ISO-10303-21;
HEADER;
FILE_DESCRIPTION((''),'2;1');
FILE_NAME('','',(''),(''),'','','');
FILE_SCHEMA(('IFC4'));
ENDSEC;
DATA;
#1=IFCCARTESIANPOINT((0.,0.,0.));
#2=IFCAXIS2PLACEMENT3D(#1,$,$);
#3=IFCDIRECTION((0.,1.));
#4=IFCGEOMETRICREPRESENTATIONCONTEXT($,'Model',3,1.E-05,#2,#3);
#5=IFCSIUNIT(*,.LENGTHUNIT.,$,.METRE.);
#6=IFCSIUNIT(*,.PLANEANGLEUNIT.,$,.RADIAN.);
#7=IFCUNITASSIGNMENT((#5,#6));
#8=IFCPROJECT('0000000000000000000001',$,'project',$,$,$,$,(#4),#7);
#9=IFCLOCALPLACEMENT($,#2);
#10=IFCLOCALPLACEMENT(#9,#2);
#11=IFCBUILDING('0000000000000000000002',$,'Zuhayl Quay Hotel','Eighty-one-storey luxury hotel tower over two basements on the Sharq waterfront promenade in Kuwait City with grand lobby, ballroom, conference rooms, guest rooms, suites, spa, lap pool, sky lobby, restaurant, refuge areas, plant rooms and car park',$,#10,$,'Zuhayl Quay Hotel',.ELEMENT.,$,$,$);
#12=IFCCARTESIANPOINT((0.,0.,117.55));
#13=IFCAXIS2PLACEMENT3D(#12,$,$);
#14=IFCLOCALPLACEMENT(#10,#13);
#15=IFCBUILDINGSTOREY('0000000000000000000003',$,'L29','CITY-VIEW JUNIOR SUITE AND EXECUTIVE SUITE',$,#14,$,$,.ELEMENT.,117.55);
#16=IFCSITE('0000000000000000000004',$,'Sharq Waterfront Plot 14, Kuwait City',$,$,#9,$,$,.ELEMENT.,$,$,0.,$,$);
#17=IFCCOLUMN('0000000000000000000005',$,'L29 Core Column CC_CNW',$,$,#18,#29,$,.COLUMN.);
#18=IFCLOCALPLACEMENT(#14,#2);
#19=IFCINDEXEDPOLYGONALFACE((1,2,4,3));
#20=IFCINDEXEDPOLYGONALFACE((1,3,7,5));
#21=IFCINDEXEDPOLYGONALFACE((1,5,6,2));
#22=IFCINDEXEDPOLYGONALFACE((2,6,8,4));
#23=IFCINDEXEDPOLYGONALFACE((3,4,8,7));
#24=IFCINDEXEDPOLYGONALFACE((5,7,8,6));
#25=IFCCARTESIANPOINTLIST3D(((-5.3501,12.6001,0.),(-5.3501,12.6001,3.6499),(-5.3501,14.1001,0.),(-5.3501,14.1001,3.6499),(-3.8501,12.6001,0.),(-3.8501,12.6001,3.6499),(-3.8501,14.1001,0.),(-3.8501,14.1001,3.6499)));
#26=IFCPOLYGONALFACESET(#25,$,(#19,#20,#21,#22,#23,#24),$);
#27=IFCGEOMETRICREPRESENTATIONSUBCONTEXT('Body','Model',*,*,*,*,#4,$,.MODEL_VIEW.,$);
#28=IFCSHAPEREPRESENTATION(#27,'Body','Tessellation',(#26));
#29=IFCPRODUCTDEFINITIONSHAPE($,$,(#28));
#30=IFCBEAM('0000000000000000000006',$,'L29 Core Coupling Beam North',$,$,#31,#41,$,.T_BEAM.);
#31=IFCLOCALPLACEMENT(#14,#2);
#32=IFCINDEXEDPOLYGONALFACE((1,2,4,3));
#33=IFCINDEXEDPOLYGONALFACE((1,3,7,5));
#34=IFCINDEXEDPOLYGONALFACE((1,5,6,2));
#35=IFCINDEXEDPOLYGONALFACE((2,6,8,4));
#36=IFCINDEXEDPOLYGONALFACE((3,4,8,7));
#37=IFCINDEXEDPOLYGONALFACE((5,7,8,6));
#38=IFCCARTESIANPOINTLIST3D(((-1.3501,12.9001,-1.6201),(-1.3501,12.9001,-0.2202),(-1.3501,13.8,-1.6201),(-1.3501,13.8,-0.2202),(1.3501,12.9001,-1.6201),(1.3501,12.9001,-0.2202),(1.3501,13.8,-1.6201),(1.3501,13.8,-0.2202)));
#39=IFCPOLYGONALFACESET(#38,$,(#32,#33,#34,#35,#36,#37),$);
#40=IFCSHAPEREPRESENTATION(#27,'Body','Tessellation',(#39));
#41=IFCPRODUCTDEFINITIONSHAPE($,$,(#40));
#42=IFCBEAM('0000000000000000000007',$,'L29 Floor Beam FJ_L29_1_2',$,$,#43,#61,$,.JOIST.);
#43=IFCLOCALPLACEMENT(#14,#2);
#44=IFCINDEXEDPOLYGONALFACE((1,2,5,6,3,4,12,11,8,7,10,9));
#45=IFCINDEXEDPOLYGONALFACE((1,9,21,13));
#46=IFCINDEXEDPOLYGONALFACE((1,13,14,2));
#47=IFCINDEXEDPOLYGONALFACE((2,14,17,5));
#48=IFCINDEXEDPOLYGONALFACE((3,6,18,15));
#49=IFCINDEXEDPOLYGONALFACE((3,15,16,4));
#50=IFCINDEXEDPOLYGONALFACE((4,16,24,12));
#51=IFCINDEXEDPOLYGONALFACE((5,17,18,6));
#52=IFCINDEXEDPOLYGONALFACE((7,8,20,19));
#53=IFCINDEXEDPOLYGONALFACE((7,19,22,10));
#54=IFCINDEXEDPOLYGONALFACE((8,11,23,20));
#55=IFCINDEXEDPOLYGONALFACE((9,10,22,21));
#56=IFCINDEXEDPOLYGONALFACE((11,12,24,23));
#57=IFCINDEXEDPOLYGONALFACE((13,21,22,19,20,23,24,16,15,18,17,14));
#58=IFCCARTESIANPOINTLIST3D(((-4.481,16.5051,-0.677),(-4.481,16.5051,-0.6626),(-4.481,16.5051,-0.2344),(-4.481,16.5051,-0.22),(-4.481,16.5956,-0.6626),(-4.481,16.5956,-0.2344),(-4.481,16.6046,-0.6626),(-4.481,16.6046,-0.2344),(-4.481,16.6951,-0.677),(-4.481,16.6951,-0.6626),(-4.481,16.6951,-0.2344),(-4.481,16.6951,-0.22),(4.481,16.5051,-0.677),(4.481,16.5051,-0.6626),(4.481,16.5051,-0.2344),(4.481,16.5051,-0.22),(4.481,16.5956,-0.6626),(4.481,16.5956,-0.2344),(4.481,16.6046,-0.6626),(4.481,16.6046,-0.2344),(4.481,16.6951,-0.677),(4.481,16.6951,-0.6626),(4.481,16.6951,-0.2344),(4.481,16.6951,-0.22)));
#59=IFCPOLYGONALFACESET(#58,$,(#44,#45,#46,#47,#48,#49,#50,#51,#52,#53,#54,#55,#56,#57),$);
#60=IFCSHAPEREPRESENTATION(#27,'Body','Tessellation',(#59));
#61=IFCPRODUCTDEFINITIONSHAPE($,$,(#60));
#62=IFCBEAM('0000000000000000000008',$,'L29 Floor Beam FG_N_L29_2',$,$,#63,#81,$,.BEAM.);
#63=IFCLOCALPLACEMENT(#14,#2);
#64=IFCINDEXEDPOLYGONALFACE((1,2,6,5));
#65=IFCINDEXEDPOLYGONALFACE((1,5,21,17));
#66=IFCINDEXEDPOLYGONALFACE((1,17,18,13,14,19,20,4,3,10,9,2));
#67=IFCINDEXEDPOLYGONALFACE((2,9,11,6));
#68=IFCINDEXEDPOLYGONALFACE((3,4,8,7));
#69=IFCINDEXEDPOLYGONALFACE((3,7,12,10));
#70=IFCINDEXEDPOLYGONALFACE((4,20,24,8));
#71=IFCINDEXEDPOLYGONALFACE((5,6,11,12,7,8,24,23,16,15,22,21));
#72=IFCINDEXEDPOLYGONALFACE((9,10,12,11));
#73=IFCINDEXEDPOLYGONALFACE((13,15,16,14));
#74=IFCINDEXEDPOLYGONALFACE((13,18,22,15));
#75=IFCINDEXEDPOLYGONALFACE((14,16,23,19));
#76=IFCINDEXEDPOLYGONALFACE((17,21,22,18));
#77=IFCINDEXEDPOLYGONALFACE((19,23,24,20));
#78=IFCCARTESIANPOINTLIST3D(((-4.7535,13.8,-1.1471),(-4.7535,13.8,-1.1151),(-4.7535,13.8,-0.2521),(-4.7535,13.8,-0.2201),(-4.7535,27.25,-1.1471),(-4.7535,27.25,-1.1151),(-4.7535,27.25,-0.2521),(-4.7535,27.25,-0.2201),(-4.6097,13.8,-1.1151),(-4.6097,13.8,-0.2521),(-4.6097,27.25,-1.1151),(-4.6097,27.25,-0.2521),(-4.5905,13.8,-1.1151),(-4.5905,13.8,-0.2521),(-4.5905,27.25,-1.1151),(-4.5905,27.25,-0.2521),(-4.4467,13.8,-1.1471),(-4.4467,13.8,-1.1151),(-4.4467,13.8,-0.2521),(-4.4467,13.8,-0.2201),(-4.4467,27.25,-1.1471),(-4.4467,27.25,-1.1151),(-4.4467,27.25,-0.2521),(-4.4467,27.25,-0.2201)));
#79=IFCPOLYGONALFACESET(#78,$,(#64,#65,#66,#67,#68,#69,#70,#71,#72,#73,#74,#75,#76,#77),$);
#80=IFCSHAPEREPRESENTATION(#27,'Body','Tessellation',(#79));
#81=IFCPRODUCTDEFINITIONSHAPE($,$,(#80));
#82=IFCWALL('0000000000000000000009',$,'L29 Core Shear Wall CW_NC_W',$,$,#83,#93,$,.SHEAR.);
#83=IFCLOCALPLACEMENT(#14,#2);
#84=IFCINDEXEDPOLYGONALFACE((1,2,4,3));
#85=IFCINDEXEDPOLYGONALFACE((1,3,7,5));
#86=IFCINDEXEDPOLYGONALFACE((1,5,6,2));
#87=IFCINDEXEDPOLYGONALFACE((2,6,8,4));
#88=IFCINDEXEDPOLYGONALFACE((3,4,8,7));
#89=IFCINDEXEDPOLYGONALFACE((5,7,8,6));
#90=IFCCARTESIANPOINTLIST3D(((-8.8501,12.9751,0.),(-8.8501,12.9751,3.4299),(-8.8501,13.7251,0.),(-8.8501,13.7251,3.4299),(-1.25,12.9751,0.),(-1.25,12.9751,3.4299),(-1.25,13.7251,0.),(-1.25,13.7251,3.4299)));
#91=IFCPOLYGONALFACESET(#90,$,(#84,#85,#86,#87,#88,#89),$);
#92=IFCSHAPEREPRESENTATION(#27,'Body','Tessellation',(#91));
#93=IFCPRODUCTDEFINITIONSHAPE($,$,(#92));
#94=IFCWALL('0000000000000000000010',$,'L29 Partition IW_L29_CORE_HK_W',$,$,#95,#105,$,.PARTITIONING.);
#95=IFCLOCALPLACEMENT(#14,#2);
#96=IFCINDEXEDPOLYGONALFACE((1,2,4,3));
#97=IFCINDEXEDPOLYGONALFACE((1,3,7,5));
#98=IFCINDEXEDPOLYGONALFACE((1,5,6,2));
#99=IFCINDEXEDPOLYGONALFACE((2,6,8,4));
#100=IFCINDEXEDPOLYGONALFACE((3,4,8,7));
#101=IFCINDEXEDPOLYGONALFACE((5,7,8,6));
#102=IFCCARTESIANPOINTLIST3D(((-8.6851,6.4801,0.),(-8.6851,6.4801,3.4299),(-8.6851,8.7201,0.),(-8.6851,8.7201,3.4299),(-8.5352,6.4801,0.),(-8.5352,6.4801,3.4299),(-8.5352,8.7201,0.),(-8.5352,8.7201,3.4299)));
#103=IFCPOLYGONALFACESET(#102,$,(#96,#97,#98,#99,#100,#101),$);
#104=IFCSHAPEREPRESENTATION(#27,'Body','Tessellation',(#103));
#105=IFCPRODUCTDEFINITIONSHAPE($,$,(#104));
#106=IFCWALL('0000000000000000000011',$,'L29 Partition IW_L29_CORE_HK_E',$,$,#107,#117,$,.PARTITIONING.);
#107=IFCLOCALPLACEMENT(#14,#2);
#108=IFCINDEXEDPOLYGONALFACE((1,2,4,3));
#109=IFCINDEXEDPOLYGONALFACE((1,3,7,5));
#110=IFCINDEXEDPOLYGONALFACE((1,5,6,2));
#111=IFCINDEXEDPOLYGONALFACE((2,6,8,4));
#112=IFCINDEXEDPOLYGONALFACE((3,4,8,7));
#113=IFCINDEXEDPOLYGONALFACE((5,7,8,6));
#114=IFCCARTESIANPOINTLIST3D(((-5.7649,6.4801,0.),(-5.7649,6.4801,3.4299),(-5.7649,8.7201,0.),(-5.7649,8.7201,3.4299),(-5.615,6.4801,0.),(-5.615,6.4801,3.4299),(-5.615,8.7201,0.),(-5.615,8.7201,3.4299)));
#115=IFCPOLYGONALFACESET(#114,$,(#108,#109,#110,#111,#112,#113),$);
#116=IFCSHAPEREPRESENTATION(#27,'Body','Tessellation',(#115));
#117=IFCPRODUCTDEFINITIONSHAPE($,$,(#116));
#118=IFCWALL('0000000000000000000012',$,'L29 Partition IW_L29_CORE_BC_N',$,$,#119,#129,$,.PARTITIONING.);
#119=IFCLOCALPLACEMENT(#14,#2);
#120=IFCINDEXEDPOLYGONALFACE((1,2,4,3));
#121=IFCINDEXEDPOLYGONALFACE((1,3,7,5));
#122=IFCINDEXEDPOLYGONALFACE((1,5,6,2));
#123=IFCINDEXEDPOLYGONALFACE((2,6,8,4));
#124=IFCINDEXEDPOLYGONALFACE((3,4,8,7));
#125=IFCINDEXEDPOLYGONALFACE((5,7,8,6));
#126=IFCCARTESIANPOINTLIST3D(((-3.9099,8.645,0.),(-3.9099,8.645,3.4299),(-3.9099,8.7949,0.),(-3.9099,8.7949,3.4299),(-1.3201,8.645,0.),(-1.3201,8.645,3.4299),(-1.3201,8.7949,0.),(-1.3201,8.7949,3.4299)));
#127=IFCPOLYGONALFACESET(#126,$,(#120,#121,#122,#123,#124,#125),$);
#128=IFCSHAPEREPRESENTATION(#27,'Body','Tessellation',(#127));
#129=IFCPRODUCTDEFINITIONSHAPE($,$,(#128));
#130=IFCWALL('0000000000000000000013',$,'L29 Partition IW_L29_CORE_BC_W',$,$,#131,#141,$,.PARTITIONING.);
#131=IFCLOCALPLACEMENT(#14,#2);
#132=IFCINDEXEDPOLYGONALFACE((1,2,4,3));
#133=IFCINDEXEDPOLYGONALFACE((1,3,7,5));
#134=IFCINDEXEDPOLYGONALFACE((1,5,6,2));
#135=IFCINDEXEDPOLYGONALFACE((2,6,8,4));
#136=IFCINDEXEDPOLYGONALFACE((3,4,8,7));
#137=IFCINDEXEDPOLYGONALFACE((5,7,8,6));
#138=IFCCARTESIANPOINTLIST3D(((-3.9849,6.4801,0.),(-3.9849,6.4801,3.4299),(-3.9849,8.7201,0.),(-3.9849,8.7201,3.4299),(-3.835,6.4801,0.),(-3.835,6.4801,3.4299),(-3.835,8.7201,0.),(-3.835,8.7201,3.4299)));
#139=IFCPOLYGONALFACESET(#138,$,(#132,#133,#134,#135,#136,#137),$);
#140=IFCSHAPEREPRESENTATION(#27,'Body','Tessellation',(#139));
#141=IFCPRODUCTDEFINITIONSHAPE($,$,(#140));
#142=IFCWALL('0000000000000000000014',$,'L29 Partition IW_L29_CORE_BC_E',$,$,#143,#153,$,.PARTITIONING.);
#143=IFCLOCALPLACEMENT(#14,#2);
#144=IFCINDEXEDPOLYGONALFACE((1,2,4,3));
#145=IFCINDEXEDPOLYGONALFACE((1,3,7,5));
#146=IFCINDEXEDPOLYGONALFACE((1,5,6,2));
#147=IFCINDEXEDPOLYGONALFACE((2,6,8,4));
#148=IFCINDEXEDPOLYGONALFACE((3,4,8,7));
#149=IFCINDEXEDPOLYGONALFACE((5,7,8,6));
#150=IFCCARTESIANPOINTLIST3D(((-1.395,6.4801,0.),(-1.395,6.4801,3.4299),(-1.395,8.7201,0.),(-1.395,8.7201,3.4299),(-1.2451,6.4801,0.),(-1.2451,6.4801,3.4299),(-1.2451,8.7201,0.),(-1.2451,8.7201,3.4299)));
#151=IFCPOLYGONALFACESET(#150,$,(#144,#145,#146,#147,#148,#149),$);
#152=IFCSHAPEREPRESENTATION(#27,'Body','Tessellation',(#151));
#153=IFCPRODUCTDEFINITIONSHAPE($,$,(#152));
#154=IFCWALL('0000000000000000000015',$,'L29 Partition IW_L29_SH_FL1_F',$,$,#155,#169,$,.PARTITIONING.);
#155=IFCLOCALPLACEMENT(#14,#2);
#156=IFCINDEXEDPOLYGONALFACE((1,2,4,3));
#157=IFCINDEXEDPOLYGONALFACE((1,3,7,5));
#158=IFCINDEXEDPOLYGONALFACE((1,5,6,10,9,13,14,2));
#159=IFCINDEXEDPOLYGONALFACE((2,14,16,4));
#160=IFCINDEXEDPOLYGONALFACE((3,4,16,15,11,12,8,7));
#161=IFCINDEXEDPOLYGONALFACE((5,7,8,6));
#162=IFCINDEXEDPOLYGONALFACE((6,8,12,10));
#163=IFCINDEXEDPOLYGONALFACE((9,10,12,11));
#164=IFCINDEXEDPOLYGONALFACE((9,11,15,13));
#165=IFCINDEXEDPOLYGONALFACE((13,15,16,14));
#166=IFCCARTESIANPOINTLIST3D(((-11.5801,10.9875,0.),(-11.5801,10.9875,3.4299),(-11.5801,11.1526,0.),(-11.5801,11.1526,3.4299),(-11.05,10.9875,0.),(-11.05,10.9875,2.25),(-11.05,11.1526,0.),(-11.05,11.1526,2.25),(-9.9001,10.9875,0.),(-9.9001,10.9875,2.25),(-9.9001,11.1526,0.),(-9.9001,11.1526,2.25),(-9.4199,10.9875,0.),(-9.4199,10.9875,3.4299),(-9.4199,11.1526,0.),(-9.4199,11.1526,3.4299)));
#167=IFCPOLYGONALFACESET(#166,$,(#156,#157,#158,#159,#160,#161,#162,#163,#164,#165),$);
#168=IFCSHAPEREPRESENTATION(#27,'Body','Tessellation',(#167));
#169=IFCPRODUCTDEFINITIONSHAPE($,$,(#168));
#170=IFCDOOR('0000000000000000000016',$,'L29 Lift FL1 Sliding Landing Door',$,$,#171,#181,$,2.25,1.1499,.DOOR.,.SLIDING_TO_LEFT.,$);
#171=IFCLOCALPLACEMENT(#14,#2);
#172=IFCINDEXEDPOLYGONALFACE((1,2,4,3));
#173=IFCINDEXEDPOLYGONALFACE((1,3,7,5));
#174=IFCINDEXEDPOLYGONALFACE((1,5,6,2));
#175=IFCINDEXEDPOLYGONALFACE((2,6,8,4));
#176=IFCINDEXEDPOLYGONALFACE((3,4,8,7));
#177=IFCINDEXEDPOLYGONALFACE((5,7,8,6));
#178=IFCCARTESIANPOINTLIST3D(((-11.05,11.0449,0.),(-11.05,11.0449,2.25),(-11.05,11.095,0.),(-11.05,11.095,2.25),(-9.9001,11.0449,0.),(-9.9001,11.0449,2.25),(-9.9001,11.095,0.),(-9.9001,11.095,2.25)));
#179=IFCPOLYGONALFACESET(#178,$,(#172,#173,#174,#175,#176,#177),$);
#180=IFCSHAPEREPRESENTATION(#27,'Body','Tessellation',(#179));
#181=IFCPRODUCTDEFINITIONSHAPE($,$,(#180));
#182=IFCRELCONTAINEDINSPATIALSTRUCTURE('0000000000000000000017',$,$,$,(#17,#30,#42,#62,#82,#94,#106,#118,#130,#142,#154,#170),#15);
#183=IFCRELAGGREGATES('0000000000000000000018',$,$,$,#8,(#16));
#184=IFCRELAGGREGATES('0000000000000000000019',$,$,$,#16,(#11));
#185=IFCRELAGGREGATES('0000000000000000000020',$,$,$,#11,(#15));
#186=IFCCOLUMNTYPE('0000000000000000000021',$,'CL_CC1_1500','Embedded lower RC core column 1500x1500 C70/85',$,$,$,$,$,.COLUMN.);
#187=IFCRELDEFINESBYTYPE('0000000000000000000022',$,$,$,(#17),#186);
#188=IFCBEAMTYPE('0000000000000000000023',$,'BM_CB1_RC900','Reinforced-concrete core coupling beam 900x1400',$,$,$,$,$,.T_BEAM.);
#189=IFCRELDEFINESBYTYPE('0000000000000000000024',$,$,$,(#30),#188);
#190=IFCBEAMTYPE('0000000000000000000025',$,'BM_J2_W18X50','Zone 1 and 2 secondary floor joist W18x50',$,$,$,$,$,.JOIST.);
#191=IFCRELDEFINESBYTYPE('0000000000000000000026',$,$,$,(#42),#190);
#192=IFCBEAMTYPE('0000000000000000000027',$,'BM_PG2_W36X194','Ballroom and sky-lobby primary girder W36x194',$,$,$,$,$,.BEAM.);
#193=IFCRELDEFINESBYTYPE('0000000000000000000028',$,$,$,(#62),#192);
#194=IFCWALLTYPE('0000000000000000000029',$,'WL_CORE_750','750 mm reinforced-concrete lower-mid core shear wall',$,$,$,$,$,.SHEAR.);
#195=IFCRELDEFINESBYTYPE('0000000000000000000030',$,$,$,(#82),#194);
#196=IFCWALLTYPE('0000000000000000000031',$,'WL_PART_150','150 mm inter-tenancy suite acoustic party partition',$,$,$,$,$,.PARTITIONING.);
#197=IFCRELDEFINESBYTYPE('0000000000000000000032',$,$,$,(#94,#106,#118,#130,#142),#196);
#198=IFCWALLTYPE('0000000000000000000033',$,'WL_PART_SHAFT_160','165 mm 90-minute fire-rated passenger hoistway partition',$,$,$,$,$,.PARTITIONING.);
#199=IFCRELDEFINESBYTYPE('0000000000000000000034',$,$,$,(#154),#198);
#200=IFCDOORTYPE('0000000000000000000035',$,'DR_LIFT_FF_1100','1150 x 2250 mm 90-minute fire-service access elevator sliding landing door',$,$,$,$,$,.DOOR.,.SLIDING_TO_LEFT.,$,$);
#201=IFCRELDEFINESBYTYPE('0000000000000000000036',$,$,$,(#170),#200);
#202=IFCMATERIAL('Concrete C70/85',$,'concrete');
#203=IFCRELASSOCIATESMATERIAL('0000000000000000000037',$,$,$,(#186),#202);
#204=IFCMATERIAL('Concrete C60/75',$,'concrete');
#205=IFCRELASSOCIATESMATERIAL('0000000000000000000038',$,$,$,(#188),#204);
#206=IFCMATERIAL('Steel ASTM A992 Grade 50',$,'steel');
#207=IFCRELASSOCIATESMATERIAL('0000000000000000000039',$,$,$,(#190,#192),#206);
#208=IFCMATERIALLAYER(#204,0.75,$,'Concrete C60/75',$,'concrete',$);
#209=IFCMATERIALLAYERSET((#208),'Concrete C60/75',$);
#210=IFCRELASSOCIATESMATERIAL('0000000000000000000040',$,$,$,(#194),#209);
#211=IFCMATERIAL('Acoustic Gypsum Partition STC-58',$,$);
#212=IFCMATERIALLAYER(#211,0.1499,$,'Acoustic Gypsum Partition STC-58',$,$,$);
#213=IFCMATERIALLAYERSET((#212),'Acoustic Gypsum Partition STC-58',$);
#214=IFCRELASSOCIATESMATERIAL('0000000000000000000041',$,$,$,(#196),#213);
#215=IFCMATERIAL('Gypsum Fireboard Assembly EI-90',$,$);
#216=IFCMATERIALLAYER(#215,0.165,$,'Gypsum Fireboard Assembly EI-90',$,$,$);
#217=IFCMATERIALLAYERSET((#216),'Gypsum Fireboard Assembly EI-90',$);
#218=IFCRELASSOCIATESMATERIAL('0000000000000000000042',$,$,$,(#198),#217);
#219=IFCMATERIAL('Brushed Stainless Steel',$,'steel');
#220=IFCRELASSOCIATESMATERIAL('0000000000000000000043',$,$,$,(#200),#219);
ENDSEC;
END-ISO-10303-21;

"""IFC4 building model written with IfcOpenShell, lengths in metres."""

from ifc_helpers import new_model, si_unit, direction, frame, frame_2d, origin, origin_2d, place, context, subcontext, project, spatial, rectangle, i_section, extrude, material, layer, layer_set, material_profile, profile_set, type_object, element, fill, save


model = new_model("IFC4")

# Units and contexts
model_context = context("Model", 3, precision=1e-05, world=origin(), true_north=direction((0.0, 1.0)))
body_context = subcontext(model_context, "Body", "Model", "MODEL_VIEW")
ifc_project = project(units=[si_unit("LENGTHUNIT", "METRE"), si_unit("PLANEANGLEUNIT", "RADIAN")], contexts=[model_context])

# Site, building, storey
site_placement = place(None, origin())
site = spatial("IfcSite", under=ifc_project, at=site_placement, Name="Sharq Waterfront Plot 14, Kuwait City", CompositionType="ELEMENT", RefElevation=0.0)
building_placement = place(site_placement, origin())
building = spatial("IfcBuilding", under=site, at=building_placement, Name="Zuhayl Quay Hotel", Description="Eighty-one-storey luxury hotel tower over two basements on the Sharq waterfront promenade in Kuwait City with grand lobby, ballroom, conference rooms, guest rooms, suites, spa, lap pool, sky lobby, restaurant, refuge areas, plant rooms and car park", LongName="Zuhayl Quay Hotel", CompositionType="ELEMENT")
storey_placement = place(building_placement, frame((0.0, 0.0, 117.55)))
storey = spatial("IfcBuildingStorey", under=building, at=storey_placement, Name="L29", Description="CITY-VIEW JUNIOR SUITE AND EXECUTIVE SUITE", CompositionType="ELEMENT", Elevation=117.55)

# Column
ifc_material_1 = material(Name="Concrete C70/85", Category="concrete")
ifc_material_profile_1 = material_profile(ifc_material_1, rectangle(XDim=1.5, YDim=1.5, at=origin_2d()), Name="RC1500X1500")
ifc_profile_set_1 = profile_set([ifc_material_profile_1], Name="Concrete C70/85")
column_type = type_object("IfcColumnType", Name="CL_CC1_1500", Description="Embedded lower RC core column 1500x1500 C70/85", PredefinedType="COLUMN", material=ifc_profile_set_1)
column_placement = place(storey_placement, frame((-4.6001, 13.3501, 0.0), z_axis=(0.0, 0.0, 1.0), x_axis=(1.0, 0.0, 0.0)))
element("IfcColumn", 1, at=column_placement, inside=storey, type_object=column_type, Name="L29 Core Column CC_CNW", PredefinedType="COLUMN", context=body_context, shape_type="SweptSolid", body=[
    extrude(rectangle(XDim=1.5, YDim=1.5, at=origin_2d()), origin(), (0.0, 0.0, 1.0), 3.6499),
])

# Beams
ifc_material_2 = material(Name="Concrete C60/75", Category="concrete")
ifc_material_profile_2 = material_profile(ifc_material_2, rectangle(XDim=0.8999, YDim=1.3999, at=origin_2d()), Name="RC900X1400")
ifc_profile_set_2 = profile_set([ifc_material_profile_2], Name="Concrete C60/75")
beam_type_1 = type_object("IfcBeamType", Name="BM_CB1_RC900", Description="Reinforced-concrete core coupling beam 900x1400", PredefinedType="T_BEAM", material=ifc_profile_set_2)
beam_1_placement = place(storey_placement, frame((-1.3501, 13.3501, -0.9202), z_axis=(1.0, 0.0, 0.0), x_axis=(0.0, 1.0, 0.0)))
element("IfcBeam", 2, at=beam_1_placement, inside=storey, type_object=beam_type_1, Name="L29 Core Coupling Beam North", PredefinedType="T_BEAM", context=body_context, shape_type="SweptSolid", body=[
    extrude(rectangle(XDim=0.8999, YDim=1.3999, at=origin_2d()), origin(), (0.0, 0.0, 1.0), 2.7002),
])
ifc_material_3 = material(Name="Steel ASTM A992 Grade 50", Category="steel")
ifc_material_profile_3 = material_profile(ifc_material_3, i_section(OverallWidth=0.1899, OverallDepth=0.457, WebThickness=0.009, FlangeThickness=0.0144, at=origin_2d()), Name="W18X50")
ifc_profile_set_3 = profile_set([ifc_material_profile_3], Name="Steel ASTM A992 Grade 50")
beam_type_2 = type_object("IfcBeamType", Name="BM_J2_W18X50", Description="Zone 1 and 2 secondary floor joist W18x50", PredefinedType="JOIST", material=ifc_profile_set_3)
beam_2_placement = place(storey_placement, frame((-4.481, 16.6001, -0.4485), z_axis=(1.0, 0.0, 0.0), x_axis=(0.0, 1.0, 0.0)))
element("IfcBeam", 3, at=beam_2_placement, inside=storey, type_object=beam_type_2, Name="L29 Floor Beam FJ_L29_1_2", PredefinedType="JOIST", context=body_context, shape_type="SweptSolid", body=[
    extrude(i_section(OverallWidth=0.1899, OverallDepth=0.457, WebThickness=0.009, FlangeThickness=0.0144, at=origin_2d()), origin(), (0.0, 0.0, 1.0), 8.9619),
])
ifc_material_profile_4 = material_profile(ifc_material_3, i_section(OverallWidth=0.3069, OverallDepth=0.927, WebThickness=0.0193, FlangeThickness=0.032, at=origin_2d()), Name="W36X194")
ifc_profile_set_4 = profile_set([ifc_material_profile_4], Name="Steel ASTM A992 Grade 50")
beam_type_3 = type_object("IfcBeamType", Name="BM_PG2_W36X194", Description="Ballroom and sky-lobby primary girder W36x194", PredefinedType="BEAM", material=ifc_profile_set_4)
beam_3_placement = place(storey_placement, frame((-4.6001, 13.8, -0.6836), z_axis=(0.0, 1.0, 0.0), x_axis=(-1.0, 0.0, 0.0)))
element("IfcBeam", 4, at=beam_3_placement, inside=storey, type_object=beam_type_3, Name="L29 Floor Beam FG_N_L29_2", PredefinedType="BEAM", context=body_context, shape_type="SweptSolid", body=[
    extrude(i_section(OverallWidth=0.3069, OverallDepth=0.927, WebThickness=0.0193, FlangeThickness=0.032, at=origin_2d()), origin(), (0.0, 0.0, 1.0), 13.45),
])

# Wall
ifc_layer_1 = layer(ifc_material_2, 0.75, Name="Concrete C60/75", Category="concrete")
ifc_layer_set_1 = layer_set([ifc_layer_1], Name="Concrete C60/75")
wall_type_1 = type_object("IfcWallType", Name="WL_CORE_750", Description="750 mm reinforced-concrete lower-mid core shear wall", PredefinedType="SHEAR", material=ifc_layer_set_1)
wall_1_placement = place(storey_placement, frame((-8.8501, 13.3501, 0.0), z_axis=(0.0, 0.0, 1.0), x_axis=(1.0, 0.0, 0.0)))
element("IfcWall", 5, at=wall_1_placement, inside=storey, type_object=wall_type_1, Name="L29 Core Shear Wall CW_NC_W", PredefinedType="SHEAR", context=body_context, shape_type="SweptSolid", body=[
    extrude(rectangle(XDim=7.6001, YDim=0.75, at=frame_2d((3.8, 0.0))), origin(), (0.0, 0.0, 1.0), 3.4299),
])

# Shared definitions
ifc_material_4 = material(Name="Acoustic Gypsum Partition STC-58")
ifc_layer_2 = layer(ifc_material_4, 0.1499, Name="Acoustic Gypsum Partition STC-58")
ifc_layer_set_2 = layer_set([ifc_layer_2], Name="Acoustic Gypsum Partition STC-58")
wall_type_2 = type_object("IfcWallType", Name="WL_PART_150", Description="150 mm inter-tenancy suite acoustic party partition", PredefinedType="PARTITIONING", material=ifc_layer_set_2)

# Walls
for number, where, z_axis, x_axis, name in (
    (6, (-8.6101, 6.48, 0.0), (0.0, 0.0, 1.0), (0.0, 1.0, 0.0), "L29 Partition IW_L29_CORE_HK_W"),
    (7, (-5.6899, 6.48, 0.0), (0.0, 0.0, 1.0), (0.0, 1.0, 0.0), "L29 Partition IW_L29_CORE_HK_E"),
):
    element("IfcWall", number, at=place(storey_placement, frame(where, z_axis=z_axis, x_axis=x_axis)), inside=storey, type_object=wall_type_2, Name=name, PredefinedType="PARTITIONING", context=body_context, shape_type="SweptSolid", body=[
        extrude(rectangle(XDim=2.24, YDim=0.1499, at=frame_2d((1.1201, 0.0))), origin(), (0.0, 0.0, 1.0), 3.4299),
    ])
wall_2_placement = place(storey_placement, frame((-3.9099, 8.72, 0.0), z_axis=(0.0, 0.0, 1.0), x_axis=(1.0, 0.0, 0.0)))
element("IfcWall", 8, at=wall_2_placement, inside=storey, type_object=wall_type_2, Name="L29 Partition IW_L29_CORE_BC_N", PredefinedType="PARTITIONING", context=body_context, shape_type="SweptSolid", body=[
    extrude(rectangle(XDim=2.5898, YDim=0.1499, at=frame_2d((1.2949, 0.0))), origin(), (0.0, 0.0, 1.0), 3.4299),
])
for number, where, z_axis, x_axis, name in (
    (9, (-3.9099, 6.48, 0.0), (0.0, 0.0, 1.0), (0.0, 1.0, 0.0), "L29 Partition IW_L29_CORE_BC_W"),
    (10, (-1.3201, 6.48, 0.0), (0.0, 0.0, 1.0), (0.0, 1.0, 0.0), "L29 Partition IW_L29_CORE_BC_E"),
):
    element("IfcWall", number, at=place(storey_placement, frame(where, z_axis=z_axis, x_axis=x_axis)), inside=storey, type_object=wall_type_2, Name=name, PredefinedType="PARTITIONING", context=body_context, shape_type="SweptSolid", body=[
        extrude(rectangle(XDim=2.24, YDim=0.1499, at=frame_2d((1.1201, 0.0))), origin(), (0.0, 0.0, 1.0), 3.4299),
    ])

# Wall, opening, door
ifc_material_5 = material(Name="Gypsum Fireboard Assembly EI-90")
ifc_layer_3 = layer(ifc_material_5, 0.165, Name="Gypsum Fireboard Assembly EI-90")
ifc_layer_set_3 = layer_set([ifc_layer_3], Name="Gypsum Fireboard Assembly EI-90")
wall_type_3 = type_object("IfcWallType", Name="WL_PART_SHAFT_160", Description="165 mm 90-minute fire-rated passenger hoistway partition", PredefinedType="PARTITIONING", material=ifc_layer_set_3)
wall_3_placement = place(storey_placement, frame((-11.5801, 11.0701, 0.0), z_axis=(0.0, 0.0, 1.0), x_axis=(1.0, 0.0, 0.0)))
wall_3 = element("IfcWall", 11, at=wall_3_placement, inside=storey, type_object=wall_type_3, Name="L29 Partition IW_L29_SH_FL1_F", PredefinedType="PARTITIONING", context=body_context, shape_type="SweptSolid", body=[
    extrude(rectangle(XDim=2.1602, YDim=0.165, at=frame_2d((1.0801, 0.0))), origin(), (0.0, 0.0, 1.0), 3.4299),
])
opening_1_placement = place(wall_3_placement, frame((0.53, 0.0, 0.0)))
opening_1 = element("IfcOpeningElement", 12, at=opening_1_placement, cuts=wall_3, PredefinedType="OPENING", context=body_context, shape_type="SweptSolid", body=[
    extrude(rectangle(XDim=1.1499, YDim=2.25, at=frame_2d((0.575, 1.125))), frame((0.0, 0.0925, 0.0), z_axis=(0.0, -1.0, 0.0), x_axis=(1.0, 0.0, 0.0)), (0.0, 0.0, 1.0), 0.1851),
])
ifc_material_6 = material(Name="Brushed Stainless Steel", Category="steel")
door_type_1 = type_object("IfcDoorType", Name="DR_LIFT_FF_1100", Description="1150 x 2250 mm 90-minute fire-service access elevator sliding landing door", OperationType="SLIDING_TO_LEFT", PredefinedType="DOOR", material=ifc_material_6)
door_1_placement = place(opening_1_placement, origin())
door_1 = element("IfcDoor", 13, at=door_1_placement, inside=storey, type_object=door_type_1, Name="L29 Lift FL1 Sliding Landing Door", OperationType="SLIDING_TO_LEFT", OverallHeight=2.25, OverallWidth=1.1499, PredefinedType="DOOR", context=body_context, shape_type="SweptSolid", body=[
    extrude(rectangle(XDim=1.1499, YDim=2.25, at=frame_2d((0.575, 1.125))), frame((0.0, 0.0249, 0.0), z_axis=(0.0, -1.0, 0.0), x_axis=(1.0, 0.0, 0.0)), (0.0, 0.0, 1.0), 0.05),
])
fill(opening_1, door_1)

save(model, "model.ifc")
